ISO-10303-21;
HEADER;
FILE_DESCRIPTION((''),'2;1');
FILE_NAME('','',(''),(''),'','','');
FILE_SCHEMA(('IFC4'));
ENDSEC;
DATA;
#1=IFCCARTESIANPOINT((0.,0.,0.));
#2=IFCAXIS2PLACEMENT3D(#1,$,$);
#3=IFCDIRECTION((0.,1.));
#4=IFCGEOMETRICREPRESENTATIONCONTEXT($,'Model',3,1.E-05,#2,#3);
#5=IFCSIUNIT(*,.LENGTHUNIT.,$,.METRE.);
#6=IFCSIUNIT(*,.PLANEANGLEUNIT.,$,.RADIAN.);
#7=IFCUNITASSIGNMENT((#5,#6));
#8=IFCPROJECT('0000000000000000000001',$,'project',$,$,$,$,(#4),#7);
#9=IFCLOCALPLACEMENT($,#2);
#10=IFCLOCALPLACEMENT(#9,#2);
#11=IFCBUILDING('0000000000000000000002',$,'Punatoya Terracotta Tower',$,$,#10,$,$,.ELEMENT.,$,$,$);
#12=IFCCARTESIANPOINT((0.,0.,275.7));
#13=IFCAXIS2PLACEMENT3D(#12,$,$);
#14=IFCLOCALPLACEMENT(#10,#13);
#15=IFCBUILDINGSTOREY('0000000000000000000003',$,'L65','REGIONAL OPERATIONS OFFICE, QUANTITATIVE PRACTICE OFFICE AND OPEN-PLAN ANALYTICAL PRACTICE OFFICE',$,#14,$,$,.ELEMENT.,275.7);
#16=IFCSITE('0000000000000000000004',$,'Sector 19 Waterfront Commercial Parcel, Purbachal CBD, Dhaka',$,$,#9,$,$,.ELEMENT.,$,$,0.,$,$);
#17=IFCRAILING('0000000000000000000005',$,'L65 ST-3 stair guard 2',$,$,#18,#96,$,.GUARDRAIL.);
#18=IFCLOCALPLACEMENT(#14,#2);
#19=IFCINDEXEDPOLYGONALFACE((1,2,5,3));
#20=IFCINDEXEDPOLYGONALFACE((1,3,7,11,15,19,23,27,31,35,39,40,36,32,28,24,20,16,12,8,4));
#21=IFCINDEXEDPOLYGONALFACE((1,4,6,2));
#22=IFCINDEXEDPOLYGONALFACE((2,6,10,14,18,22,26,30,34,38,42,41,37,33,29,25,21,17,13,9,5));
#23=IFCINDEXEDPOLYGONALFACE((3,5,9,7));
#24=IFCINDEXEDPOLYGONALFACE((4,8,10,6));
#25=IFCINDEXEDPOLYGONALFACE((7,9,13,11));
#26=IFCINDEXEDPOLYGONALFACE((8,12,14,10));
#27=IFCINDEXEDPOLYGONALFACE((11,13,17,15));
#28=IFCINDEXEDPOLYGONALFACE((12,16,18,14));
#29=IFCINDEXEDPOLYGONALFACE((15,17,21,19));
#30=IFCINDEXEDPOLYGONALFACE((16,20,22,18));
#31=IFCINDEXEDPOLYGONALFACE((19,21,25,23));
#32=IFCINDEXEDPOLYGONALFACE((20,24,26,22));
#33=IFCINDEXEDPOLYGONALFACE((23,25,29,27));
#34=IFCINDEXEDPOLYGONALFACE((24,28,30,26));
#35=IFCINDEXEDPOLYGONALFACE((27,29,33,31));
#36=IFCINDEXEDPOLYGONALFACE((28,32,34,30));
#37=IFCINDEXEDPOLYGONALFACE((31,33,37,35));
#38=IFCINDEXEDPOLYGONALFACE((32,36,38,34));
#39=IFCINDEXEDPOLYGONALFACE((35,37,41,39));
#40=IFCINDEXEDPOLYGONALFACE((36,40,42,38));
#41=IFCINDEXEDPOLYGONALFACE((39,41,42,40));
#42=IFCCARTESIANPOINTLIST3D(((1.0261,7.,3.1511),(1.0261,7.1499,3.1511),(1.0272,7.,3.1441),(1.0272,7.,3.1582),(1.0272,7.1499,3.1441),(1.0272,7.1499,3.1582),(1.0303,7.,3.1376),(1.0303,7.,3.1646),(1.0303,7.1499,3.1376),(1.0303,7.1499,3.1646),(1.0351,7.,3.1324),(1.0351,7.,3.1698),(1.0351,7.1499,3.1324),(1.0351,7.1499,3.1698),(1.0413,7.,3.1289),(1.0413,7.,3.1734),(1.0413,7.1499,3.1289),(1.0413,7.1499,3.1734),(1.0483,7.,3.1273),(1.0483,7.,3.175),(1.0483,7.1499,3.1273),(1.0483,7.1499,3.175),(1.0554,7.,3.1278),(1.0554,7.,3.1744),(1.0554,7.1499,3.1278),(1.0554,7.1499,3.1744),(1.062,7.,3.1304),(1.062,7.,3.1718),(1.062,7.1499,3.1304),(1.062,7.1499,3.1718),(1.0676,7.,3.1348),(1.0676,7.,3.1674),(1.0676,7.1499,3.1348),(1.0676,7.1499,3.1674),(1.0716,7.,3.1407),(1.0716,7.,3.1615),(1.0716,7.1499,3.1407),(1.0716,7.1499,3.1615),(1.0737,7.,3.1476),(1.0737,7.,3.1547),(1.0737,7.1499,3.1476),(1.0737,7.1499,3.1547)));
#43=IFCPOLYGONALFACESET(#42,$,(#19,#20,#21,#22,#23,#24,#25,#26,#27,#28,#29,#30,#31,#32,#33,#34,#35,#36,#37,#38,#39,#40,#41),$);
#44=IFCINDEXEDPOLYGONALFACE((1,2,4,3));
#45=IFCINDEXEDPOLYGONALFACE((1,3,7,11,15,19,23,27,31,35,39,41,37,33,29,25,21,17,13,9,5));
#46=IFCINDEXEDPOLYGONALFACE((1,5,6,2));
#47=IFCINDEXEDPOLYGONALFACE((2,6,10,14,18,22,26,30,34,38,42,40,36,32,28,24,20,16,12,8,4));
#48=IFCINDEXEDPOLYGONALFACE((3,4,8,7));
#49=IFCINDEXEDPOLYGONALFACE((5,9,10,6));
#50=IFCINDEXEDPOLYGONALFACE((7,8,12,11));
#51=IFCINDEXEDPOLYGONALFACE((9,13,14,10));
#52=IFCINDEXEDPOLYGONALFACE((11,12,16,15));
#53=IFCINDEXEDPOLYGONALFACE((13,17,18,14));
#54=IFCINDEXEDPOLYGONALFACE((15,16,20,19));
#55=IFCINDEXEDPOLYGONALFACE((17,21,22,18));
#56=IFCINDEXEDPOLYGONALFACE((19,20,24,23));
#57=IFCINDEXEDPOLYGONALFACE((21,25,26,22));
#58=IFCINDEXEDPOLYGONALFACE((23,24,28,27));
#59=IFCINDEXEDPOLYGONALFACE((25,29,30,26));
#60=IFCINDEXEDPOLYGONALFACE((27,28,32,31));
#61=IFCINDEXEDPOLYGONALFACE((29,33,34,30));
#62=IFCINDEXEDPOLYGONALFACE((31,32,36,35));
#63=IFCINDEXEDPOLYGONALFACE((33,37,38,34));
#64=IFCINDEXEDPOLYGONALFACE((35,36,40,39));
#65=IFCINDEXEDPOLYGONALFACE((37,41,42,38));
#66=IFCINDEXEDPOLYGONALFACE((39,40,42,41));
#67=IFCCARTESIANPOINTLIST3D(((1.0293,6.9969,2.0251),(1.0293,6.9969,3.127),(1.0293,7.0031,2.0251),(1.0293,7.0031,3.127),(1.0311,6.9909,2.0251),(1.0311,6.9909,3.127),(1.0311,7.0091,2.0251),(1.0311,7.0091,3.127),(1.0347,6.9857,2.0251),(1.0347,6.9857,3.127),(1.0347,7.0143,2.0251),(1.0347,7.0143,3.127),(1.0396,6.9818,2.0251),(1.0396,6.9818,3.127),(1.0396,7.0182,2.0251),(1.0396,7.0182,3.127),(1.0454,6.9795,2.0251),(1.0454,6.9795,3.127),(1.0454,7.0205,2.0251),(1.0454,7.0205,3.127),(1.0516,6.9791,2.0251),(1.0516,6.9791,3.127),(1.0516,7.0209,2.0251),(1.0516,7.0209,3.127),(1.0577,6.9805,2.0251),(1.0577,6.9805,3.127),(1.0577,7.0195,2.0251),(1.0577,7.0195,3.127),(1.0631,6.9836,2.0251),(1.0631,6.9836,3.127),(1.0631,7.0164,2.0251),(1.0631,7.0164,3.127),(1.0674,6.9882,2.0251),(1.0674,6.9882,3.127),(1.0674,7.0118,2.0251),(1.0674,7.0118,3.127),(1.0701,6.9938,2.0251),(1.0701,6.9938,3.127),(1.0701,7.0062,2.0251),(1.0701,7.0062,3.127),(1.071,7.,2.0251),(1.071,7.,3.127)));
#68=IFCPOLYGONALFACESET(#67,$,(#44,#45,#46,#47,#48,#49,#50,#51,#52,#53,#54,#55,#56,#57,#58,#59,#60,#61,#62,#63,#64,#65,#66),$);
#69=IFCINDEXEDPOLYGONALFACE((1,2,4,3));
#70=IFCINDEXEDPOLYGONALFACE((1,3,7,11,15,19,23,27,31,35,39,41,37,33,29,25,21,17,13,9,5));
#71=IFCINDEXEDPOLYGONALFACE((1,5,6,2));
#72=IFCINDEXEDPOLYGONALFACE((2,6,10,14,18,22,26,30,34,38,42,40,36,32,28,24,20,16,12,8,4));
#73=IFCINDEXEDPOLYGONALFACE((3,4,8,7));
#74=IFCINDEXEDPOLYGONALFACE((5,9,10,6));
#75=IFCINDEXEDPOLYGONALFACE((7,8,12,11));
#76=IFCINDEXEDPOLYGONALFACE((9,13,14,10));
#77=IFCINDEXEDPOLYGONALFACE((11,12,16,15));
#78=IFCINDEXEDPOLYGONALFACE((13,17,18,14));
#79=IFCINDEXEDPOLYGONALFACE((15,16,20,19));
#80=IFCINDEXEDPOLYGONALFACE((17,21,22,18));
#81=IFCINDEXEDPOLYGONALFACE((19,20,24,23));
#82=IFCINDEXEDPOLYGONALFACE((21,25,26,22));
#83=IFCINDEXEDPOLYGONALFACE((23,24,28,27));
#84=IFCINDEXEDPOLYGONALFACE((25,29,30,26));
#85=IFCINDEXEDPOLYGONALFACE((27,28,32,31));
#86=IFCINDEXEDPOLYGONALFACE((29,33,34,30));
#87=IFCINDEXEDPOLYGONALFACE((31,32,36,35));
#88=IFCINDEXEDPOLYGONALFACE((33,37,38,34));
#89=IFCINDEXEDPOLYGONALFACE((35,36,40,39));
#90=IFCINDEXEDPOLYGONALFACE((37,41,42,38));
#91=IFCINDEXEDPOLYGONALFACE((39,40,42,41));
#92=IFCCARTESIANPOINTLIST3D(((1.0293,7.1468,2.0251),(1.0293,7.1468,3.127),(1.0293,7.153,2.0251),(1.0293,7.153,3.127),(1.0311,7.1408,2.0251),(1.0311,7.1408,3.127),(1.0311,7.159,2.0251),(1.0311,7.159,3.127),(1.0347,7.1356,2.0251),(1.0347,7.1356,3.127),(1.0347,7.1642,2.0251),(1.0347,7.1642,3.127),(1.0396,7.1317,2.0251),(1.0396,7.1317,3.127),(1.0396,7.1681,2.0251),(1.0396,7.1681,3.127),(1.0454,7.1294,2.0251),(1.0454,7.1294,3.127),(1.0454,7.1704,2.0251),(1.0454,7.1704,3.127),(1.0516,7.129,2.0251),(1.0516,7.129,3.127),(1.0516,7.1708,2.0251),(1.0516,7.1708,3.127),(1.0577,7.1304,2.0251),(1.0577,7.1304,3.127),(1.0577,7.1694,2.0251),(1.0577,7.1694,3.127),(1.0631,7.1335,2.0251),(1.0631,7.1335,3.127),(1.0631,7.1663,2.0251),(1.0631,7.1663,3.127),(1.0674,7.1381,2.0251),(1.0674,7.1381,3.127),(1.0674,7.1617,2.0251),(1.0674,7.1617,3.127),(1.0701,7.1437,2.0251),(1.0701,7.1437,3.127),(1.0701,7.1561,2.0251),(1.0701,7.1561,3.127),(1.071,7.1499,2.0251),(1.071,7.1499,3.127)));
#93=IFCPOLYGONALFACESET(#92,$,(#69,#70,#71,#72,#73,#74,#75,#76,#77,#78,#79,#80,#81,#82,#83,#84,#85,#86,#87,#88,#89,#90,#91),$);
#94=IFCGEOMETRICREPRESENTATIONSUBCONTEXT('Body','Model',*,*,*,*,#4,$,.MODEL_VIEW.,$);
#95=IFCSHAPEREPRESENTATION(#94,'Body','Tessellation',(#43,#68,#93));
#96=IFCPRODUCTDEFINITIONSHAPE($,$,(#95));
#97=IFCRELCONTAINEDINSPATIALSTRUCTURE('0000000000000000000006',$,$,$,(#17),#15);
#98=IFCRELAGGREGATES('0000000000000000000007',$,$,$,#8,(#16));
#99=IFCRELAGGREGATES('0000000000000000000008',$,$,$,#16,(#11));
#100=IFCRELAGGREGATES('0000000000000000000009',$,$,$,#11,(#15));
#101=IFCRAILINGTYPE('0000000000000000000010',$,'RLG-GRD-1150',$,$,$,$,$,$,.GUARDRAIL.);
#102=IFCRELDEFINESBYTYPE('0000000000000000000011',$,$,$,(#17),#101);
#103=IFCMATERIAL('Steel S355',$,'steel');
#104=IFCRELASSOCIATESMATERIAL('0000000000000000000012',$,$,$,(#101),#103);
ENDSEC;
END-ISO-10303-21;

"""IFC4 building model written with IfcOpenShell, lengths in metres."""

from ifc_helpers import new_model, si_unit, direction, frame, origin, origin_2d, place, context, subcontext, project, spatial, circle, extrude, material, type_object, element, save


model = new_model("IFC4")

# Units and contexts
model_context = context("Model", 3, precision=1e-05, world=origin(), true_north=direction((0.0, 1.0)))
body_context = subcontext(model_context, "Body", "Model", "MODEL_VIEW")
ifc_project = project(units=[si_unit("LENGTHUNIT", "METRE"), si_unit("PLANEANGLEUNIT", "RADIAN")], contexts=[model_context])

# Site, building, storey
site_placement = place(None, origin())
site = spatial("IfcSite", under=ifc_project, at=site_placement, Name="Sector 19 Waterfront Commercial Parcel, Purbachal CBD, Dhaka", CompositionType="ELEMENT", RefElevation=0.0)
building_placement = place(site_placement, origin())
building = spatial("IfcBuilding", under=site, at=building_placement, Name="Punatoya Terracotta Tower", CompositionType="ELEMENT")
storey_placement = place(building_placement, frame((0.0, 0.0, 275.7)))
storey = spatial("IfcBuildingStorey", under=building, at=storey_placement, Name="L65", Description="REGIONAL OPERATIONS OFFICE, QUANTITATIVE PRACTICE OFFICE AND OPEN-PLAN ANALYTICAL PRACTICE OFFICE", CompositionType="ELEMENT", Elevation=275.7)

# Shared definitions
ifc_material_1 = material(Name="Steel S355", Category="steel")

# Railing
railing_type_1 = type_object("IfcRailingType", Name="RLG-GRD-1150", PredefinedType="GUARDRAIL", material=ifc_material_1)
railing_1_placement = place(storey_placement, frame((1.05, 7.0, 2.0251)))
element("IfcRailing", 1, at=railing_1_placement, inside=storey, type_object=railing_type_1, Name="L65 ST-3 stair guard 2", PredefinedType="GUARDRAIL", context=body_context, shape_type="SweptSolid", body=[
    extrude(circle(Radius=0.0239, at=origin_2d()), frame((0.0, 0.0, 1.126), z_axis=(0.0, 1.0, 0.0), x_axis=(-1.0, 0.0, 0.0)), (0.0, 0.0, 1.0), 0.1499),
    extrude(circle(Radius=0.021, at=origin_2d()), origin(), (0.0, 0.0, 1.0), 1.1018),
    extrude(circle(Radius=0.021, at=origin_2d()), frame((0.0, 0.1499, 0.0)), (0.0, 0.0, 1.0), 1.1018),
])

save(model, "model.ifc")
